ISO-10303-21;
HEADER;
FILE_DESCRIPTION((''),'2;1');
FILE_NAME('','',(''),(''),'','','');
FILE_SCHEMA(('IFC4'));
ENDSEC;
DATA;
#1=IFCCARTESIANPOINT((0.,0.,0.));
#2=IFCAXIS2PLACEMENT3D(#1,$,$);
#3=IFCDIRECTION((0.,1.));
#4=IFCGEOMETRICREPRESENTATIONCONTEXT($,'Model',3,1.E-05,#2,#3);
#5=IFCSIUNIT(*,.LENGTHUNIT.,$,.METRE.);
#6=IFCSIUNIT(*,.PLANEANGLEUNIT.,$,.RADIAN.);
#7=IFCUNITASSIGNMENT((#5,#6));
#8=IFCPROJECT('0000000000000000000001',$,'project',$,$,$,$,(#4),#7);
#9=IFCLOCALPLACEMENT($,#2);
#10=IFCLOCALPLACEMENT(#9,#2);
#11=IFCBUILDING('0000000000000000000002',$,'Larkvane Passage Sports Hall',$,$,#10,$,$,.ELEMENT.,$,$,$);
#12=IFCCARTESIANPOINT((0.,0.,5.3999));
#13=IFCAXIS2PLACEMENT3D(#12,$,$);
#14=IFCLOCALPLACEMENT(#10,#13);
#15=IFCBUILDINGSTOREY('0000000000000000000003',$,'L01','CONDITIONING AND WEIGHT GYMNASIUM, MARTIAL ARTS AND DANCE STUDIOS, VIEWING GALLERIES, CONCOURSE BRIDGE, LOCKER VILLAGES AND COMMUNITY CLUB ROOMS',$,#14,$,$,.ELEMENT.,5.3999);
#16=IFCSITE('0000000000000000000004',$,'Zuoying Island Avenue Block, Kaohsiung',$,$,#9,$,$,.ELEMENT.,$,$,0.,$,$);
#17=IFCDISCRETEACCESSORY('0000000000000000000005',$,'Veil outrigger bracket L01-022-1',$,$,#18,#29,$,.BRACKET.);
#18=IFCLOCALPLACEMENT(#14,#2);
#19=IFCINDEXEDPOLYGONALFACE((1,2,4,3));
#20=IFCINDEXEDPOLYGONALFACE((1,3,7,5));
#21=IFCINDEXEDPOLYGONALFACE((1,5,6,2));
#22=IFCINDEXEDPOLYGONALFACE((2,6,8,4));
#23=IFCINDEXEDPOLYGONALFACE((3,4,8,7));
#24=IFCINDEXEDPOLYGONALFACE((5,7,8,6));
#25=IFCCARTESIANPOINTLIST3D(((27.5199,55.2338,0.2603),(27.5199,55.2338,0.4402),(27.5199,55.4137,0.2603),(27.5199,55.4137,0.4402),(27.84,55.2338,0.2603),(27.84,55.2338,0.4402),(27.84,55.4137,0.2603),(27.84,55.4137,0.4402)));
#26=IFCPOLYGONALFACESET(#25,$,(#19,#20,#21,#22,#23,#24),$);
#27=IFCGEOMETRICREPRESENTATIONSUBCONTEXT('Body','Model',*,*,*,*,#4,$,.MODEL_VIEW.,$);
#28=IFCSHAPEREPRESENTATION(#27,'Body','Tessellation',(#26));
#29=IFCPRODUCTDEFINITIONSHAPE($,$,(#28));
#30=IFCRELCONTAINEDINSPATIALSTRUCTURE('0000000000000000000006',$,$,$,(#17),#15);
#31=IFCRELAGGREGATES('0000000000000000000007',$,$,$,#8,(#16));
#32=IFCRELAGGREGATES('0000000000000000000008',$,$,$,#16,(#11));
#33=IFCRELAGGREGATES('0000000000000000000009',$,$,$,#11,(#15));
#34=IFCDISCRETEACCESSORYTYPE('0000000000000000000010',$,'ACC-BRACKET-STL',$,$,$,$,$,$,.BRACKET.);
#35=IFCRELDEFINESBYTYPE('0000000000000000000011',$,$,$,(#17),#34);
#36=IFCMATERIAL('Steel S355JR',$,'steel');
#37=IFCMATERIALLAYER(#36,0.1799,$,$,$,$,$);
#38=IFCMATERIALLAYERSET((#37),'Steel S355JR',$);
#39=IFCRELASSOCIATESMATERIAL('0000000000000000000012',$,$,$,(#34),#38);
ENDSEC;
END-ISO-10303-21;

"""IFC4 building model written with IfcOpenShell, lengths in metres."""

from ifc_helpers import new_model, si_unit, direction, frame, origin, origin_2d, place, context, subcontext, project, spatial, rectangle, extrude, material, layer, layer_set, type_object, element, save


model = new_model("IFC4")

# Units and contexts
model_context = context("Model", 3, precision=1e-05, world=origin(), true_north=direction((0.0, 1.0)))
body_context = subcontext(model_context, "Body", "Model", "MODEL_VIEW")
ifc_project = project(units=[si_unit("LENGTHUNIT", "METRE"), si_unit("PLANEANGLEUNIT", "RADIAN")], contexts=[model_context])

# Site, building, storey
site_placement = place(None, origin())
site = spatial("IfcSite", under=ifc_project, at=site_placement, Name="Zuoying Island Avenue Block, Kaohsiung", CompositionType="ELEMENT", RefElevation=0.0)
building_placement = place(site_placement, origin())
building = spatial("IfcBuilding", under=site, at=building_placement, Name="Larkvane Passage Sports Hall", CompositionType="ELEMENT")
storey_placement = place(building_placement, frame((0.0, 0.0, 5.3999)))
storey = spatial("IfcBuildingStorey", under=building, at=storey_placement, Name="L01", Description="CONDITIONING AND WEIGHT GYMNASIUM, MARTIAL ARTS AND DANCE STUDIOS, VIEWING GALLERIES, CONCOURSE BRIDGE, LOCKER VILLAGES AND COMMUNITY CLUB ROOMS", CompositionType="ELEMENT", Elevation=5.3999)

# Discrete accessory
ifc_material_1 = material(Name="Steel S355JR", Category="steel")
ifc_layer_1 = layer(ifc_material_1, 0.1799)
ifc_layer_set_1 = layer_set([ifc_layer_1], Name="Steel S355JR")
discrete_accessory_type = type_object("IfcDiscreteAccessoryType", Name="ACC-BRACKET-STL", PredefinedType="BRACKET", material=ifc_layer_set_1)
discrete_accessory_placement = place(storey_placement, frame((27.6799, 55.3237, 0.2603), z_axis=(0.0, 0.0, 1.0), x_axis=(0.0, 1.0, 0.0)))
element("IfcDiscreteAccessory", 1, at=discrete_accessory_placement, inside=storey, type_object=discrete_accessory_type, Name="Veil outrigger bracket L01-022-1", PredefinedType="BRACKET", context=body_context, shape_type="SweptSolid", body=[
    extrude(rectangle(XDim=0.1799, YDim=0.3201, at=origin_2d()), origin(), (0.0, 0.0, 1.0), 0.1799),
])

save(model, "model.ifc")
